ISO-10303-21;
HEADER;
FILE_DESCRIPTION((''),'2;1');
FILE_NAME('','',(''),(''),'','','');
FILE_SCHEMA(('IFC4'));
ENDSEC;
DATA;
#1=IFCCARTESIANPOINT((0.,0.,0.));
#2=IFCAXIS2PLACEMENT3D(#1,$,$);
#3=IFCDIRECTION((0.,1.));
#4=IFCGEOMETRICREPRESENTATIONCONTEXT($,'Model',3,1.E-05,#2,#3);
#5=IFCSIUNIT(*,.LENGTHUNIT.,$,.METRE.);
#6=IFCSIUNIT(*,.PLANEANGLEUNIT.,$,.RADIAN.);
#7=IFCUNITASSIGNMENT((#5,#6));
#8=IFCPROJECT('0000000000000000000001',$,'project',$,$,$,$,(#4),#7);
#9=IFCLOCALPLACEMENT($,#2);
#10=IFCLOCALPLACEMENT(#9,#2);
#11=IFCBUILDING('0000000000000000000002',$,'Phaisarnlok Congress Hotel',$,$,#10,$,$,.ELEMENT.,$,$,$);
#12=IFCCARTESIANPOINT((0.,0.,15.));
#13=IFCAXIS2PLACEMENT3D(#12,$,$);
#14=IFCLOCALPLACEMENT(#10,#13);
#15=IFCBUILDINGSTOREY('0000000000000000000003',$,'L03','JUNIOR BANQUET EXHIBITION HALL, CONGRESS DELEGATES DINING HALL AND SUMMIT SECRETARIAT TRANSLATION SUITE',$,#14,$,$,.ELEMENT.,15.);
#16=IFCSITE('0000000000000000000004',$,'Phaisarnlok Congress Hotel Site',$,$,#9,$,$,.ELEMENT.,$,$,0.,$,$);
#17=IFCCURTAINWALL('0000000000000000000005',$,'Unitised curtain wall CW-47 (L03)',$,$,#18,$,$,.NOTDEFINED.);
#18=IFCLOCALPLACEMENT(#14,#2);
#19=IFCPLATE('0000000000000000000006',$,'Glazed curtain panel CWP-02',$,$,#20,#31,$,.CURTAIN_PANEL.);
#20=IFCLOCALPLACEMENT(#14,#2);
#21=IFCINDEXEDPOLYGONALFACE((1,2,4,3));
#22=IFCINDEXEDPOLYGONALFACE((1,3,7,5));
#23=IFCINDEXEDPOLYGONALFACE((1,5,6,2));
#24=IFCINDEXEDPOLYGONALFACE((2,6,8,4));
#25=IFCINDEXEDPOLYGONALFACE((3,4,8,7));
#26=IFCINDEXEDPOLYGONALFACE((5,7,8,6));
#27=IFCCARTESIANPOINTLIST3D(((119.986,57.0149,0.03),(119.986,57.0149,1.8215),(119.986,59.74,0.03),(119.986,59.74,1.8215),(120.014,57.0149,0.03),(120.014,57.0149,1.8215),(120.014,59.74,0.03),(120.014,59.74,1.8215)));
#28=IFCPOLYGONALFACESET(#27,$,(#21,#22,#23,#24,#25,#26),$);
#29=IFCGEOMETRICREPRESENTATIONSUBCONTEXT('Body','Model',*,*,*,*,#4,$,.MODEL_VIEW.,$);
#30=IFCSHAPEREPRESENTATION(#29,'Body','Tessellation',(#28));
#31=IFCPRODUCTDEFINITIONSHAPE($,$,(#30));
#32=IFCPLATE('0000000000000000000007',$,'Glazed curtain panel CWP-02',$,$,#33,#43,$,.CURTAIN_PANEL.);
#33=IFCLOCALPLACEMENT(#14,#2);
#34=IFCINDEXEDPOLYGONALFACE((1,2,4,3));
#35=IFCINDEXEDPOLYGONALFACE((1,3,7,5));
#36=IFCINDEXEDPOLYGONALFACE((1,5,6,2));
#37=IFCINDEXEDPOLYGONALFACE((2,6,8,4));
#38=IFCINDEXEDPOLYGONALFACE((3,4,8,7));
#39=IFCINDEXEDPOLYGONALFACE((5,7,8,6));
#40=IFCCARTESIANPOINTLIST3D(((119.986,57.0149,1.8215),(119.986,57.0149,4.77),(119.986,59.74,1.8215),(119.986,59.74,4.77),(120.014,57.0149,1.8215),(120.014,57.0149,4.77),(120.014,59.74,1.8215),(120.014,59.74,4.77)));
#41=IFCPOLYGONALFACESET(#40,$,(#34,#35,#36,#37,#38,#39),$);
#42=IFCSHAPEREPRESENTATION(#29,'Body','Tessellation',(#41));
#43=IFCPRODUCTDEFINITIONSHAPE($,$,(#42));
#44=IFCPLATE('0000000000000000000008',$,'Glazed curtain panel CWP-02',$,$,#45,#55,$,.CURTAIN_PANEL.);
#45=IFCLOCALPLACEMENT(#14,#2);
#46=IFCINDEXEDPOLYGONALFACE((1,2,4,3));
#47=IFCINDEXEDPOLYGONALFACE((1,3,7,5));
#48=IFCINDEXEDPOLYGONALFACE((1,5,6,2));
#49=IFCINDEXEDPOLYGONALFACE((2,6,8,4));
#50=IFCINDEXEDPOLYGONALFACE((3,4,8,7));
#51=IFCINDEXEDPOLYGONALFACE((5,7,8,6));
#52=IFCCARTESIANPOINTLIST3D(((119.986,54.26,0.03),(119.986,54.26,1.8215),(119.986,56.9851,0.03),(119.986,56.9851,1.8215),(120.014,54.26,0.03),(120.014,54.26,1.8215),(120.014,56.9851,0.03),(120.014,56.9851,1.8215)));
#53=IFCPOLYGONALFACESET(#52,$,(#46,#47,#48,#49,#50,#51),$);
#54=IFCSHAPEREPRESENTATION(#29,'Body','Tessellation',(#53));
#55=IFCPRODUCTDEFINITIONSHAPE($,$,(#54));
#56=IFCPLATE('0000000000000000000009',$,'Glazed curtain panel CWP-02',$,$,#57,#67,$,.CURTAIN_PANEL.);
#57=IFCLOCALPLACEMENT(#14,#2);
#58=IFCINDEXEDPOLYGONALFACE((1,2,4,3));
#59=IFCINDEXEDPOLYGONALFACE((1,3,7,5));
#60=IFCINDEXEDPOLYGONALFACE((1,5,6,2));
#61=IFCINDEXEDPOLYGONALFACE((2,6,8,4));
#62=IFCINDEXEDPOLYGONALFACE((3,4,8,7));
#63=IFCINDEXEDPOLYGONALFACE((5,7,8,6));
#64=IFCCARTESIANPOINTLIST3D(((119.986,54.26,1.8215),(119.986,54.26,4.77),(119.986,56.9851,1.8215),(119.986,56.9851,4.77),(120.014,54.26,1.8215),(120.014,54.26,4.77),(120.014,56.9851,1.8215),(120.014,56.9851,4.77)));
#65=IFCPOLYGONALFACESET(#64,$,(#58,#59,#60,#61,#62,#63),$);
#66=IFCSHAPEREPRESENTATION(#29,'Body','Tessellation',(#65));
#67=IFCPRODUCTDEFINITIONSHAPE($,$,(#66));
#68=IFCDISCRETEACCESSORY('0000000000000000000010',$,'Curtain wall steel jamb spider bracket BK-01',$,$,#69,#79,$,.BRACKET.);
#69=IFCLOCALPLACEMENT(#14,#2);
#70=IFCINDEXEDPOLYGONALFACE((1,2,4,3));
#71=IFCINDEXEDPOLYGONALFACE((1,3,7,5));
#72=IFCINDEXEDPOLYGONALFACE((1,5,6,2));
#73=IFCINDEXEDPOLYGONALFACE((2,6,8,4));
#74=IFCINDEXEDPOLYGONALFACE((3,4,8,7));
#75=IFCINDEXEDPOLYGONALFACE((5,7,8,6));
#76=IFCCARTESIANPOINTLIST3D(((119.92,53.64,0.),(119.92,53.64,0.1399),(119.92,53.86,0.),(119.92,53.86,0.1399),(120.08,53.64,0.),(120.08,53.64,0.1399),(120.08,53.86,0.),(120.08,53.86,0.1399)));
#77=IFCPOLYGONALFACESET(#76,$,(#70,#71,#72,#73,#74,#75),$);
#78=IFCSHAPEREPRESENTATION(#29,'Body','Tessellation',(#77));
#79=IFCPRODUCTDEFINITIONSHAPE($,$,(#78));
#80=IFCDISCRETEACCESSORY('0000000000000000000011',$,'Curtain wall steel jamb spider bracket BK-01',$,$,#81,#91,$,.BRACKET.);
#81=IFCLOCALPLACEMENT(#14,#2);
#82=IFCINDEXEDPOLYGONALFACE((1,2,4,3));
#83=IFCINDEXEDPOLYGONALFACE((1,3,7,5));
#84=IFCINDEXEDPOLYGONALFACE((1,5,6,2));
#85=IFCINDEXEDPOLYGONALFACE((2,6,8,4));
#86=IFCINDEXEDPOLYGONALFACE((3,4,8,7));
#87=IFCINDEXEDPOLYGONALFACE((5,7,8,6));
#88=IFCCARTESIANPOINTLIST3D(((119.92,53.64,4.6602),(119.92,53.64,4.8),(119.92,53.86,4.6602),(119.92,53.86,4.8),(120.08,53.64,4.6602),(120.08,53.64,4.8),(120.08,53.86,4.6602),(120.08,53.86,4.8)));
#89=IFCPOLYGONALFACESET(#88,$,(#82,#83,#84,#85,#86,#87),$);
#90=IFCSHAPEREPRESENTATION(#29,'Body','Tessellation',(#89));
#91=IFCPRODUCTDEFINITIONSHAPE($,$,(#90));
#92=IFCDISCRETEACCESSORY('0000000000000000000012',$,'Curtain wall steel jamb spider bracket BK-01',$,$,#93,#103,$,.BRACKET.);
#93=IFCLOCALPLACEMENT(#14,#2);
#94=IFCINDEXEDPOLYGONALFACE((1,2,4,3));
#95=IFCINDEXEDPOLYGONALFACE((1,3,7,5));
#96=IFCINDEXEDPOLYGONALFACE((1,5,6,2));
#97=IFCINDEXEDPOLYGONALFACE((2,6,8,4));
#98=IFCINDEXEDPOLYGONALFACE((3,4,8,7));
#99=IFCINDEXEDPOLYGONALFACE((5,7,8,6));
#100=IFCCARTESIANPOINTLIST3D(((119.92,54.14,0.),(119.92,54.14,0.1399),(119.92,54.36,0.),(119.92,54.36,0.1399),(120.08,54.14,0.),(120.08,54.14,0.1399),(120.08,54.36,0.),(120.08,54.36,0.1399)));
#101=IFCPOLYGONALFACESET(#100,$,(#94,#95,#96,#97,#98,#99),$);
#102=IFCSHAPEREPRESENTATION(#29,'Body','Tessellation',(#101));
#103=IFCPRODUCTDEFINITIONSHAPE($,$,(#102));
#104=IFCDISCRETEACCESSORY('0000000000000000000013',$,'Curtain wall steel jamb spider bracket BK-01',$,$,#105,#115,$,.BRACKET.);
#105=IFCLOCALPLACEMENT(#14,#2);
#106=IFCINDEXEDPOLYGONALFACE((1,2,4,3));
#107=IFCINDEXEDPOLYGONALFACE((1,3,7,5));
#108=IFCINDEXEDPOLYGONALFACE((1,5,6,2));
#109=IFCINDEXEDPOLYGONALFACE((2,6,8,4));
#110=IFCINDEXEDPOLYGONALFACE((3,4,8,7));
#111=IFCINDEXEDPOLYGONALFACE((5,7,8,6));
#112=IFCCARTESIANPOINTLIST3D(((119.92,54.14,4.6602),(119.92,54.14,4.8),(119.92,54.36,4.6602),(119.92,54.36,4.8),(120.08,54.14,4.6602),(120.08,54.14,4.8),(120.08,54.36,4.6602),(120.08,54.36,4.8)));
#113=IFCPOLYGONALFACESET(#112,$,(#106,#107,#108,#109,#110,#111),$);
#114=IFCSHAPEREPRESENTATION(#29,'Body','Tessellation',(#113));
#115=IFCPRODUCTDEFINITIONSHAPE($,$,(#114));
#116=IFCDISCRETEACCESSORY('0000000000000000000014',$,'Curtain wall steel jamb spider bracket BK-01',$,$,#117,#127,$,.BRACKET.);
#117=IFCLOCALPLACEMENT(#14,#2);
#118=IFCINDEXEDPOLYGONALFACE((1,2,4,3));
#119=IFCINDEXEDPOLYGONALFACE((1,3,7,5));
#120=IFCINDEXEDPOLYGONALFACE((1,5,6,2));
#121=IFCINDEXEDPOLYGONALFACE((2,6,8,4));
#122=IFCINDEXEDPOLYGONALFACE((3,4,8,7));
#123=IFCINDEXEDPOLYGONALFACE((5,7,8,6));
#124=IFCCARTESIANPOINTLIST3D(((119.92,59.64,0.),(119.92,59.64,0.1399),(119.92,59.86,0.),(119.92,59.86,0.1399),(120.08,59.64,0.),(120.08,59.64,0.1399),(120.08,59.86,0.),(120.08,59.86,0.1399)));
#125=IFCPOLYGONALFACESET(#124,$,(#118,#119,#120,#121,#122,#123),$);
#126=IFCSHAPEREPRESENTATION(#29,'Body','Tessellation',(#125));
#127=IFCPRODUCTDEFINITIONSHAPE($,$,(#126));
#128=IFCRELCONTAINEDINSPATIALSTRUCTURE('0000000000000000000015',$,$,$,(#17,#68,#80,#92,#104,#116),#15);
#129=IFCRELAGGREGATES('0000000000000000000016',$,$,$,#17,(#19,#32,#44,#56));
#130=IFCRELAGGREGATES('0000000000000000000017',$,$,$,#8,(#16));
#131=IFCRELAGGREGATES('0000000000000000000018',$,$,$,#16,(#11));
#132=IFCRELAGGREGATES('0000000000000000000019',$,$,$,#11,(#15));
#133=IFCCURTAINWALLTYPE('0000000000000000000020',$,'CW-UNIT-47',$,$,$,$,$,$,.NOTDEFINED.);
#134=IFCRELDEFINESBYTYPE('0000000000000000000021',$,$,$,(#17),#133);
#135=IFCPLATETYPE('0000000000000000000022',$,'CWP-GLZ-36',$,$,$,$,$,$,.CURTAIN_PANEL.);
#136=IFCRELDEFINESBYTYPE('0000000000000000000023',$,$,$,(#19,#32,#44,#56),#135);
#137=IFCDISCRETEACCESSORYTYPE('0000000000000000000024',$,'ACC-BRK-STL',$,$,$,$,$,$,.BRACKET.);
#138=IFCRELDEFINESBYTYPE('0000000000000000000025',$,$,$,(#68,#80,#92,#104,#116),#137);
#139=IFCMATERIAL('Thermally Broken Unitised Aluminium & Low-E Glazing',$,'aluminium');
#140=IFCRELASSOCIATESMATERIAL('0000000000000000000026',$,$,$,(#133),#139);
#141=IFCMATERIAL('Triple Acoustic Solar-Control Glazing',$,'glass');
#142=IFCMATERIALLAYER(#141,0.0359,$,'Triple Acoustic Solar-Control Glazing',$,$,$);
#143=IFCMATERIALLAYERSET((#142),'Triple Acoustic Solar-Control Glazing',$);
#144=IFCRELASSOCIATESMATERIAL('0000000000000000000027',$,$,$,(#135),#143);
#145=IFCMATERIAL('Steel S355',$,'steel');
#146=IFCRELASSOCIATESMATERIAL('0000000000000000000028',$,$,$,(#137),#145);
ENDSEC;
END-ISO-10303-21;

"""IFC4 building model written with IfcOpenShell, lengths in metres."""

from ifc_helpers import new_model, si_unit, direction, frame, frame_2d, origin, origin_2d, place, context, subcontext, project, spatial, rectangle, extrude, material, layer, layer_set, type_object, element, aggregate, save


model = new_model("IFC4")

# Units and contexts
model_context = context("Model", 3, precision=1e-05, world=origin(), true_north=direction((0.0, 1.0)))
body_context = subcontext(model_context, "Body", "Model", "MODEL_VIEW")
ifc_project = project(units=[si_unit("LENGTHUNIT", "METRE"), si_unit("PLANEANGLEUNIT", "RADIAN")], contexts=[model_context])

# Site, building, storey
site_placement = place(None, origin())
site = spatial("IfcSite", under=ifc_project, at=site_placement, Name="Phaisarnlok Congress Hotel Site", CompositionType="ELEMENT", RefElevation=0.0)
building_placement = place(site_placement, origin())
building = spatial("IfcBuilding", under=site, at=building_placement, Name="Phaisarnlok Congress Hotel", CompositionType="ELEMENT")
storey_placement = place(building_placement, frame((0.0, 0.0, 15.0)))
storey = spatial("IfcBuildingStorey", under=building, at=storey_placement, Name="L03", Description="JUNIOR BANQUET EXHIBITION HALL, CONGRESS DELEGATES DINING HALL AND SUMMIT SECRETARIAT TRANSLATION SUITE", CompositionType="ELEMENT", Elevation=15.0)

# Shared definitions
ifc_material_1 = material(Name="Steel S355", Category="steel")

# Curtain wall
ifc_material_2 = material(Name="Thermally Broken Unitised Aluminium & Low-E Glazing", Category="aluminium")
curtain_wall_type_1 = type_object("IfcCurtainWallType", Name="CW-UNIT-47", PredefinedType="NOTDEFINED", material=ifc_material_2)
curtain_wall_1_placement = place(storey_placement, origin())
curtain_wall_1 = element("IfcCurtainWall", 1, at=curtain_wall_1_placement, inside=storey, type_object=curtain_wall_type_1, Name="Unitised curtain wall CW-47 (L03)", PredefinedType="NOTDEFINED")

# Plates
ifc_material_3 = material(Name="Triple Acoustic Solar-Control Glazing", Category="glass")
ifc_layer = layer(ifc_material_3, 0.0359, Name="Triple Acoustic Solar-Control Glazing")
ifc_layer_set = layer_set([ifc_layer], Name="Triple Acoustic Solar-Control Glazing")
plate_type = type_object("IfcPlateType", Name="CWP-GLZ-36", PredefinedType="CURTAIN_PANEL", material=ifc_layer_set)
plate_1_placement = place(storey_placement, frame((120.0, 59.74, 0.03), z_axis=(0.0, 0.0, 1.0), x_axis=(0.0, -1.0, 0.0)))
plate_1 = element("IfcPlate", 2, at=plate_1_placement, type_object=plate_type, Name="Glazed curtain panel CWP-02", PredefinedType="CURTAIN_PANEL", context=body_context, shape_type="SweptSolid", body=[
    extrude(rectangle(XDim=2.7251, YDim=0.0281, at=frame_2d((1.3625, 0.0))), origin(), (0.0, 0.0, 1.0), 1.7915),
])
plate_2_placement = place(storey_placement, frame((120.0, 59.74, 1.8215), z_axis=(0.0, 0.0, 1.0), x_axis=(0.0, -1.0, 0.0)))
plate_2 = element("IfcPlate", 3, at=plate_2_placement, type_object=plate_type, Name="Glazed curtain panel CWP-02", PredefinedType="CURTAIN_PANEL", context=body_context, shape_type="SweptSolid", body=[
    extrude(rectangle(XDim=2.7251, YDim=0.0281, at=frame_2d((1.3625, 0.0))), origin(), (0.0, 0.0, 1.0), 2.9485),
])
plate_3_placement = place(storey_placement, frame((120.0, 56.9851, 0.03), z_axis=(0.0, 0.0, 1.0), x_axis=(0.0, -1.0, 0.0)))
plate_3 = element("IfcPlate", 4, at=plate_3_placement, type_object=plate_type, Name="Glazed curtain panel CWP-02", PredefinedType="CURTAIN_PANEL", context=body_context, shape_type="SweptSolid", body=[
    extrude(rectangle(XDim=2.7251, YDim=0.0281, at=frame_2d((1.3625, 0.0))), origin(), (0.0, 0.0, 1.0), 1.7915),
])
plate_4_placement = place(storey_placement, frame((120.0, 56.9851, 1.8215), z_axis=(0.0, 0.0, 1.0), x_axis=(0.0, -1.0, 0.0)))
plate_4 = element("IfcPlate", 5, at=plate_4_placement, type_object=plate_type, Name="Glazed curtain panel CWP-02", PredefinedType="CURTAIN_PANEL", context=body_context, shape_type="SweptSolid", body=[
    extrude(rectangle(XDim=2.7251, YDim=0.0281, at=frame_2d((1.3625, 0.0))), origin(), (0.0, 0.0, 1.0), 2.9485),
])
aggregate(curtain_wall_1, [plate_1, plate_2, plate_3, plate_4])

# Discrete accessories
discrete_accessory_type = type_object("IfcDiscreteAccessoryType", Name="ACC-BRK-STL", PredefinedType="BRACKET", material=ifc_material_1)
for number, where, z_axis, x_axis, name in (
    (6, (120.0, 53.75, 0.0), (0.0, 0.0, 1.0), (1.0, 0.0, 0.0), "Curtain wall steel jamb spider bracket BK-01"),
    (7, (120.0, 53.75, 4.6602), (0.0, 0.0, 1.0), (1.0, 0.0, 0.0), "Curtain wall steel jamb spider bracket BK-01"),
    (8, (120.0, 54.25, 0.0), (0.0, 0.0, 1.0), (1.0, 0.0, 0.0), "Curtain wall steel jamb spider bracket BK-01"),
    (9, (120.0, 54.25, 4.6602), (0.0, 0.0, 1.0), (1.0, 0.0, 0.0), "Curtain wall steel jamb spider bracket BK-01"),
    (10, (120.0, 59.75, 0.0), (0.0, 0.0, 1.0), (1.0, 0.0, 0.0), "Curtain wall steel jamb spider bracket BK-01"),
):
    element("IfcDiscreteAccessory", number, at=place(storey_placement, frame(where, z_axis=z_axis, x_axis=x_axis)), inside=storey, type_object=discrete_accessory_type, Name=name, PredefinedType="BRACKET", context=body_context, shape_type="SweptSolid", body=[
        extrude(rectangle(XDim=0.1599, YDim=0.22, at=origin_2d()), origin(), (0.0, 0.0, 1.0), 0.1399),
    ])

save(model, "model.ifc")
